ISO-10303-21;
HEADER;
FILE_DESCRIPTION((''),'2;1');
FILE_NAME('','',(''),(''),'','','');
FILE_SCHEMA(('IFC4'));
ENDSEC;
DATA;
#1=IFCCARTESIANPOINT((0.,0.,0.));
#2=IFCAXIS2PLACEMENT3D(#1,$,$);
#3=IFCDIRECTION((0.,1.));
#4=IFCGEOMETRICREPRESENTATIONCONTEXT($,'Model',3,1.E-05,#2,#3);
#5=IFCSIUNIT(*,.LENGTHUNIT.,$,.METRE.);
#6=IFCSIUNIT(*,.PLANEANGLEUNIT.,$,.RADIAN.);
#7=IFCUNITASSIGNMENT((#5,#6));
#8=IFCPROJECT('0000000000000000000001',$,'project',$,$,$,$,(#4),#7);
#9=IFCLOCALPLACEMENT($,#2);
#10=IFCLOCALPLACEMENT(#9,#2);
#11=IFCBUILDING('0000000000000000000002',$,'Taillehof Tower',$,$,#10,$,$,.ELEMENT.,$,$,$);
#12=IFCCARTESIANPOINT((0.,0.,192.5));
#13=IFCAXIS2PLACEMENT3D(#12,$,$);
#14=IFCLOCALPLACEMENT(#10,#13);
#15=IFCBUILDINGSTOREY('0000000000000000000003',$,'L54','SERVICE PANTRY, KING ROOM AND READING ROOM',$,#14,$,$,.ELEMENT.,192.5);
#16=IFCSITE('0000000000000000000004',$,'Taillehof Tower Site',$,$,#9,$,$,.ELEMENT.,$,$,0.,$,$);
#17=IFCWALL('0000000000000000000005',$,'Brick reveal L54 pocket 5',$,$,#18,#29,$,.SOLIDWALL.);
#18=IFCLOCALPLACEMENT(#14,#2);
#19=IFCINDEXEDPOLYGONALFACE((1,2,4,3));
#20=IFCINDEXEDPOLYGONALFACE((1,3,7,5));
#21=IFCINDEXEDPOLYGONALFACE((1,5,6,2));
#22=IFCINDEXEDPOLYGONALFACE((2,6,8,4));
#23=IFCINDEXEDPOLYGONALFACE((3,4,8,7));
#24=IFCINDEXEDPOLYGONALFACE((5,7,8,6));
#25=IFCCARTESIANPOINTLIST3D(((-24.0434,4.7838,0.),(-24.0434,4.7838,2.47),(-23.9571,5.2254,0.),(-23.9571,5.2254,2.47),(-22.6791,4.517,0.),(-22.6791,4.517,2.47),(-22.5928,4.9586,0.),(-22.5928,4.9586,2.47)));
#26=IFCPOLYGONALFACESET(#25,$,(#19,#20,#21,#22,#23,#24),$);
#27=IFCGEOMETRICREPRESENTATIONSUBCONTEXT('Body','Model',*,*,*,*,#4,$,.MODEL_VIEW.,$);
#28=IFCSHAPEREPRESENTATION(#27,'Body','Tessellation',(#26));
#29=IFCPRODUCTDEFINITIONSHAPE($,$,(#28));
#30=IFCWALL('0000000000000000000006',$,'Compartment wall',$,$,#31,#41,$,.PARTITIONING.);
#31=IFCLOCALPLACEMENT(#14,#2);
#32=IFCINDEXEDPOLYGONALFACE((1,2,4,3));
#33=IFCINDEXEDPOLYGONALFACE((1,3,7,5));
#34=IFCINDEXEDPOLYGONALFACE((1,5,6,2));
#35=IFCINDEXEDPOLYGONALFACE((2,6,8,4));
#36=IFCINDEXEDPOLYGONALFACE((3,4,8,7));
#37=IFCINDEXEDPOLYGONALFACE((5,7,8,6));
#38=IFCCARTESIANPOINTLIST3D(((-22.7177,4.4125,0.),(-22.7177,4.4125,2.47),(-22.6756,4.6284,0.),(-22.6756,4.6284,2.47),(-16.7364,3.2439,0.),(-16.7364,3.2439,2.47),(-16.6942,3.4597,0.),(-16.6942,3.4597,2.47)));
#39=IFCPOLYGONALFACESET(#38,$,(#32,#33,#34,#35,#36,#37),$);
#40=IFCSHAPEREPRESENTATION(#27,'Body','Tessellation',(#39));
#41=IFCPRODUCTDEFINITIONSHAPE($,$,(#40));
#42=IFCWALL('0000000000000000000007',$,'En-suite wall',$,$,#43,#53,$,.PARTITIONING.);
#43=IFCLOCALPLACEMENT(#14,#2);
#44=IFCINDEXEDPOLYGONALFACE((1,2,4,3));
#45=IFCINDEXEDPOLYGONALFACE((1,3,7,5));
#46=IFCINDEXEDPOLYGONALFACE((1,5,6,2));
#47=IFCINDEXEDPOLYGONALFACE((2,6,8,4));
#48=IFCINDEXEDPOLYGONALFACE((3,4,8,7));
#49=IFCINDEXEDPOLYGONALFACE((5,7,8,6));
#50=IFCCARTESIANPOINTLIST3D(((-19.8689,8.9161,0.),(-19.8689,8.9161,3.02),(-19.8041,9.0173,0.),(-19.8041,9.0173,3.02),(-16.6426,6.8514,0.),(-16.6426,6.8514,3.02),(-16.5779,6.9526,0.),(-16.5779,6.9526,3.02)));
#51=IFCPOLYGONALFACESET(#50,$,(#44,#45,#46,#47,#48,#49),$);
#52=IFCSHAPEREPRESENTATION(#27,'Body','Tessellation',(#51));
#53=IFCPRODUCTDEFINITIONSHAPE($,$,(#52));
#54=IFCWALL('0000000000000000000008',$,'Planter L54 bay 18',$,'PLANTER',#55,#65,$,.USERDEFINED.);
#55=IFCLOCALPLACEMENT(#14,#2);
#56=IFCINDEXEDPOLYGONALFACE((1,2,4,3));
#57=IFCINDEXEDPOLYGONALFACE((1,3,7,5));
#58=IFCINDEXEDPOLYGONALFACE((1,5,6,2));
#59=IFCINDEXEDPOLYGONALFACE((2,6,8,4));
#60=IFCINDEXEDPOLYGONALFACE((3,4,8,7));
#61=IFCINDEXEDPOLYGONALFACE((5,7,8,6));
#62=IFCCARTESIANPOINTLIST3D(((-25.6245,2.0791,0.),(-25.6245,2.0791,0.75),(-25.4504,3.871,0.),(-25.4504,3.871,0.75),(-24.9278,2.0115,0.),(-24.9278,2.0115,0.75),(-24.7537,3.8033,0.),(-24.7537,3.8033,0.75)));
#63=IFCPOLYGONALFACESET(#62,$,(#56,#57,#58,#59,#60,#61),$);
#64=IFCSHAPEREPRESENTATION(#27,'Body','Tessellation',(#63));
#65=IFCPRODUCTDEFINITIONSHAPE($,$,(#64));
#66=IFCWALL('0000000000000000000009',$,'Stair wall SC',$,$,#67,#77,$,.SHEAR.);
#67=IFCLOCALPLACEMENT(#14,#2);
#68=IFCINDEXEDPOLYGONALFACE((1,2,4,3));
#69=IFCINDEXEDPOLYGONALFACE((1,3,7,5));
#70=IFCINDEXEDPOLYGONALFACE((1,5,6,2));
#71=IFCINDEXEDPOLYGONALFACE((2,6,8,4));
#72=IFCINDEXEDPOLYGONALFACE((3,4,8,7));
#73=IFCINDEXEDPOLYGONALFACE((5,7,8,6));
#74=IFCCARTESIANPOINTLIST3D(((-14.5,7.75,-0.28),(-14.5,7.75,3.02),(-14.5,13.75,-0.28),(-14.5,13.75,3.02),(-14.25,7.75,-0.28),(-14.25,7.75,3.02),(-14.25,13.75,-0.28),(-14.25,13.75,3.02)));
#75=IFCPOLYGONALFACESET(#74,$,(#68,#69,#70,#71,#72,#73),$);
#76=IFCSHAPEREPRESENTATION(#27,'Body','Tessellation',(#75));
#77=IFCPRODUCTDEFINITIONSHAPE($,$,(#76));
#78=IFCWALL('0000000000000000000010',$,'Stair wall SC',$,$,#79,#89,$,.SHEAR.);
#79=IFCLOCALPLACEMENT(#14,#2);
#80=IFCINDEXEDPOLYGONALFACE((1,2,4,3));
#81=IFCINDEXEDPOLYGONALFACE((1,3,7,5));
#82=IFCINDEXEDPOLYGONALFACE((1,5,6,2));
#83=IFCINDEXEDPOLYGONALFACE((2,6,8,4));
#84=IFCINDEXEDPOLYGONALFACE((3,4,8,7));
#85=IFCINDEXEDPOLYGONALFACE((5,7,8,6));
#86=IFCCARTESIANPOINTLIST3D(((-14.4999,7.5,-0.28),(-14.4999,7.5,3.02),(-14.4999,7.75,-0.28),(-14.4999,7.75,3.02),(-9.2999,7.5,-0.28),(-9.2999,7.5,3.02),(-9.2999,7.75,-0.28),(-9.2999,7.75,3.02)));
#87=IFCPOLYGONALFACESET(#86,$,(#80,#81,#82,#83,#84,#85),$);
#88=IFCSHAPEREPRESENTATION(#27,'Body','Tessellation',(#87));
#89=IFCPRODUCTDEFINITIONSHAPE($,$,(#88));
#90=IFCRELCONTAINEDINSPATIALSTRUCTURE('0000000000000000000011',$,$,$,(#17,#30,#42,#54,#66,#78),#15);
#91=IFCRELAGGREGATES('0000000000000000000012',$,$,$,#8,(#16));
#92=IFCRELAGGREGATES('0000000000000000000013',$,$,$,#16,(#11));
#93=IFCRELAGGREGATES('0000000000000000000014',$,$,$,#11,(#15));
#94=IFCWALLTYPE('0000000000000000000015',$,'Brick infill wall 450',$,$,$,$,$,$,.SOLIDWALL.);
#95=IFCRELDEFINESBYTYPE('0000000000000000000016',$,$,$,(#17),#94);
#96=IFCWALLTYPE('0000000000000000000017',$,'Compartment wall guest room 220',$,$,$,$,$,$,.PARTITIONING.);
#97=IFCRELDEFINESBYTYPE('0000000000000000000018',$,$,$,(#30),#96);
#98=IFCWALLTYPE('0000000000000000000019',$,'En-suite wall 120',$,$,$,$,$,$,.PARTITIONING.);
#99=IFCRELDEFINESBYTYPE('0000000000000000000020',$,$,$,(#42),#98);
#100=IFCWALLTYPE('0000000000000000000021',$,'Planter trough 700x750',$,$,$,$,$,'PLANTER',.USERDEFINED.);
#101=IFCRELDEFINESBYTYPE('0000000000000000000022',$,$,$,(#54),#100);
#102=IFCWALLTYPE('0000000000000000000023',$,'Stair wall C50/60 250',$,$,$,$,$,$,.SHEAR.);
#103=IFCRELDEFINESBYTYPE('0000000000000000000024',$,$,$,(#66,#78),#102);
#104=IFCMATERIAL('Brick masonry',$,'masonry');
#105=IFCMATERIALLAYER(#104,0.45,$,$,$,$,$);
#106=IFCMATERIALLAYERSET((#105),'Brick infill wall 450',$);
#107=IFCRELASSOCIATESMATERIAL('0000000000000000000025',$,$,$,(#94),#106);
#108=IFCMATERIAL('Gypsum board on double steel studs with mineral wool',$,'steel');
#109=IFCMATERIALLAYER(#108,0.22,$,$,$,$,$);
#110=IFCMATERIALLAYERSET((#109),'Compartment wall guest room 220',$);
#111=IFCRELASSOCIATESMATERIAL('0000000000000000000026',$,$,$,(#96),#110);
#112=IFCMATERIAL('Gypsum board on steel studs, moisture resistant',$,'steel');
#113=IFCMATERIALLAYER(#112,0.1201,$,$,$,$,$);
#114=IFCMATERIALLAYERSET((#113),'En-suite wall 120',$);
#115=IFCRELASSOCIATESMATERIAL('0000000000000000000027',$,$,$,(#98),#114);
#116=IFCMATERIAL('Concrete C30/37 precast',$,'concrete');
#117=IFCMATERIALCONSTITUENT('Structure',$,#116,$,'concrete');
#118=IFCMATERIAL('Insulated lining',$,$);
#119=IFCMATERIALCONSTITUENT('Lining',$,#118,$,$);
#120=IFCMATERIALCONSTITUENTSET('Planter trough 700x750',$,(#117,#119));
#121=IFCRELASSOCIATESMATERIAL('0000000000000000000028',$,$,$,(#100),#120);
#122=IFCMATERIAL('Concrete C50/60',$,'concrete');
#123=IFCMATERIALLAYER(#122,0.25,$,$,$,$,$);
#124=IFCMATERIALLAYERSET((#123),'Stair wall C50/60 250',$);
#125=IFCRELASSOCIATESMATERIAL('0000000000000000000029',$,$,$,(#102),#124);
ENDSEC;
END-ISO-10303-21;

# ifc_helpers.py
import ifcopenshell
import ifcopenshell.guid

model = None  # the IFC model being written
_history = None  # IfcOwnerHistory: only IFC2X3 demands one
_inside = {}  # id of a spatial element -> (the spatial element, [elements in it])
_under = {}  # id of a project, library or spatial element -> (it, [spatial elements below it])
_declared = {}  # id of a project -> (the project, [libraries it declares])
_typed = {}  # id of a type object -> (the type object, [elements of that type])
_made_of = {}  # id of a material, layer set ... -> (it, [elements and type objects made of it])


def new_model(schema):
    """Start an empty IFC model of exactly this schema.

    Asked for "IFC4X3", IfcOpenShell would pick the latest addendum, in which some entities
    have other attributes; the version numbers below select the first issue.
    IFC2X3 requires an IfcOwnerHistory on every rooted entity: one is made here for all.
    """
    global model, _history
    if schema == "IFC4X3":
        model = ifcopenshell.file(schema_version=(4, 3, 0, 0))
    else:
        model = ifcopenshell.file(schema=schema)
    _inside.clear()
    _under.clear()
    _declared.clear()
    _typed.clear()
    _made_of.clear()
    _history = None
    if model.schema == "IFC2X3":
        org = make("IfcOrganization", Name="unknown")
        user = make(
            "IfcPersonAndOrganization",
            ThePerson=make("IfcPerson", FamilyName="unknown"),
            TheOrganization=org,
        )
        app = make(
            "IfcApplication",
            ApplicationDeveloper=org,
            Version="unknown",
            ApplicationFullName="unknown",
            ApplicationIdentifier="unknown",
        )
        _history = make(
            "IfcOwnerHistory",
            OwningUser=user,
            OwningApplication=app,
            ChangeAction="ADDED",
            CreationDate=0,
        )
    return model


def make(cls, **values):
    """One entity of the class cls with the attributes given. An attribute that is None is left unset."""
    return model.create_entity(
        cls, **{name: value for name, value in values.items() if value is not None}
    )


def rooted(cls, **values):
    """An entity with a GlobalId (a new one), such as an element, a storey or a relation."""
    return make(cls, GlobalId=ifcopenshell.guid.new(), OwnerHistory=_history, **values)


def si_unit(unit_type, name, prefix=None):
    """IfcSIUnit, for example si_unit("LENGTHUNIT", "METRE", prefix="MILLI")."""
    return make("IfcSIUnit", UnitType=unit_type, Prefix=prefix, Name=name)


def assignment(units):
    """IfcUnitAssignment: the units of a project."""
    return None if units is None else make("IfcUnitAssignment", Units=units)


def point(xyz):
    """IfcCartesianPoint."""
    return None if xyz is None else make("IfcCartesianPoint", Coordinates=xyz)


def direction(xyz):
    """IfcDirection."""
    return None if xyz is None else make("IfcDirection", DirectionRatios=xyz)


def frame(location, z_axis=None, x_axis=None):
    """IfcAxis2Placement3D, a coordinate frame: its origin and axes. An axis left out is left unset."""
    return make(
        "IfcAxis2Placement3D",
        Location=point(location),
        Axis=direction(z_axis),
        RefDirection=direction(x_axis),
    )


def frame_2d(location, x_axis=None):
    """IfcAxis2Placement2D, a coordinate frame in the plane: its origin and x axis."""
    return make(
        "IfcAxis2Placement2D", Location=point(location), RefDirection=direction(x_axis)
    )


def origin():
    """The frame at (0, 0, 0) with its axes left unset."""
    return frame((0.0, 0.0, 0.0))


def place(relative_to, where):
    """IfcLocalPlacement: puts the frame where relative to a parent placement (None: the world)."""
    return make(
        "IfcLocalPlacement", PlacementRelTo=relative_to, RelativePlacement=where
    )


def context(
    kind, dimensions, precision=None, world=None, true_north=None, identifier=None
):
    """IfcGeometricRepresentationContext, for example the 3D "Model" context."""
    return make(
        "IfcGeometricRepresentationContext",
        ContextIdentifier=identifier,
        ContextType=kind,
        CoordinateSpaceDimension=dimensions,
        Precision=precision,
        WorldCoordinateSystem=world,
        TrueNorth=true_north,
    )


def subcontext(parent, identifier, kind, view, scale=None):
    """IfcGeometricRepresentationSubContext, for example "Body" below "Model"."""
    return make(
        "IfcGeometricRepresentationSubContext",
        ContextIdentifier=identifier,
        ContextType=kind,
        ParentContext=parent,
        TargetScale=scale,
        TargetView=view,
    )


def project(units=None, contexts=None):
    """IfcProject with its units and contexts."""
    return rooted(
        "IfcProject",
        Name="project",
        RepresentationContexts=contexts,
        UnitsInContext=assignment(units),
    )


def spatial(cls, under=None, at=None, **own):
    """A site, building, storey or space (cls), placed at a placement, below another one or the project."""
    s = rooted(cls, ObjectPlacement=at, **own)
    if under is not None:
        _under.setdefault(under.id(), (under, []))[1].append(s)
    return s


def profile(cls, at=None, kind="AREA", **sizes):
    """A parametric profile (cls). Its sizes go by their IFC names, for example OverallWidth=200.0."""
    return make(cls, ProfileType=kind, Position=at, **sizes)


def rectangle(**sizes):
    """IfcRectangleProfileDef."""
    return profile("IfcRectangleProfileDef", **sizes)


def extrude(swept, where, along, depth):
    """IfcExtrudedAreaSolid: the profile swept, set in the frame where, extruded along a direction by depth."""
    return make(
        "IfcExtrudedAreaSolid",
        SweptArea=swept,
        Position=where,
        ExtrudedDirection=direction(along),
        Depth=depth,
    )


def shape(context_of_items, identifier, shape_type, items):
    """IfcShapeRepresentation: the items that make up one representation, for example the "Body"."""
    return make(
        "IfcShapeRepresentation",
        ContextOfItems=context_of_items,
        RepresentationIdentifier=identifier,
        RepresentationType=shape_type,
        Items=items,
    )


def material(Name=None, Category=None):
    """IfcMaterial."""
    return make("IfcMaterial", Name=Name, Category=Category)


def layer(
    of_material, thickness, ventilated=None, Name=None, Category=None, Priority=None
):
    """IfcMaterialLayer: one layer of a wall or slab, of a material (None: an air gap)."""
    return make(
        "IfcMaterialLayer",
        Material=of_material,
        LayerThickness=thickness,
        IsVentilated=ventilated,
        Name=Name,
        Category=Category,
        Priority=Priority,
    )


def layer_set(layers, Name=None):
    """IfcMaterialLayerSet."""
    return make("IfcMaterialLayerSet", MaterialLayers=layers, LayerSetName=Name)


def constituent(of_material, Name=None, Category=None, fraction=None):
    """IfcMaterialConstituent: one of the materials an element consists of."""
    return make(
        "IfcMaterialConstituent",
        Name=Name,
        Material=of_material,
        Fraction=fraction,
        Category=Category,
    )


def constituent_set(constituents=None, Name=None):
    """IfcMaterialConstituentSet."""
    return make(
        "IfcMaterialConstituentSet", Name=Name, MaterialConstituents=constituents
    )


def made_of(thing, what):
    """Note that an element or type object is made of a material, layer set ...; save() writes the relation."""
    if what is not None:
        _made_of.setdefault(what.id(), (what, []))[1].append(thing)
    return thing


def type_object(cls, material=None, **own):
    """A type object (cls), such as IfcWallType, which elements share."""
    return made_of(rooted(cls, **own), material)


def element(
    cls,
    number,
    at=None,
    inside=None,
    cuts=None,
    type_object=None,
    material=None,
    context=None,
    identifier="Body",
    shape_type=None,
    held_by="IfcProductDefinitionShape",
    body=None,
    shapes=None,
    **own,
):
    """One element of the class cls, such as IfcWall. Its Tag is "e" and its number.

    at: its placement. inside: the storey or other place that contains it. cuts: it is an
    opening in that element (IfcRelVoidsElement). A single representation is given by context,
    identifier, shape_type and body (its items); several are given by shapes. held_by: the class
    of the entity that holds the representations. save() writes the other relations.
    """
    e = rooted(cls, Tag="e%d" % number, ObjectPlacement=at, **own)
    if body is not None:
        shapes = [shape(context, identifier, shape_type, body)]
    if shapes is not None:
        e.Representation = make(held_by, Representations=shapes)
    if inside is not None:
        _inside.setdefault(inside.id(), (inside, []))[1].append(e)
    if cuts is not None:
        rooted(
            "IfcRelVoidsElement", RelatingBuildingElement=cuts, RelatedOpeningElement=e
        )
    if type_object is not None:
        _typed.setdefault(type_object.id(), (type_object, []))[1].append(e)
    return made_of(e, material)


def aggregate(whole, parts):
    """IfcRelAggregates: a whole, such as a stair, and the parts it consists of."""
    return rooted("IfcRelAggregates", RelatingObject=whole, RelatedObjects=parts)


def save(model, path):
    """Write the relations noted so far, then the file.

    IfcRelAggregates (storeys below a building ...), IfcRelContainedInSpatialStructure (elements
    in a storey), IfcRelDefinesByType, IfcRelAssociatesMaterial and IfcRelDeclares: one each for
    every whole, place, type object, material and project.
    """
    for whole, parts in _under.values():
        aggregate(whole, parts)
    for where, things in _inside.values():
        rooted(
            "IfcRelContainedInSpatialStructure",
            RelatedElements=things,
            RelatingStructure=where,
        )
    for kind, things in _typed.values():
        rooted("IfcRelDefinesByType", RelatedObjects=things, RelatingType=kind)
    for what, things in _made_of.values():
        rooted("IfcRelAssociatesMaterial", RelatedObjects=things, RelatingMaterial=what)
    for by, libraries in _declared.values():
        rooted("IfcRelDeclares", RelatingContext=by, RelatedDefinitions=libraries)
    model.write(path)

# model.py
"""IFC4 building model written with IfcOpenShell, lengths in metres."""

from ifc_helpers import new_model, si_unit, direction, frame, frame_2d, origin, place, context, subcontext, project, spatial, rectangle, extrude, material, layer, layer_set, constituent, constituent_set, type_object, element, save


model = new_model("IFC4")

# Units and contexts
model_context = context("Model", 3, precision=1e-05, world=origin(), true_north=direction((0.0, 1.0)))
body_context = subcontext(model_context, "Body", "Model", "MODEL_VIEW")
ifc_project = project(units=[si_unit("LENGTHUNIT", "METRE"), si_unit("PLANEANGLEUNIT", "RADIAN")], contexts=[model_context])

# Site, building, storey
site_placement = place(None, origin())
site = spatial("IfcSite", under=ifc_project, at=site_placement, Name="Taillehof Tower Site", CompositionType="ELEMENT", RefElevation=0.0)
building_placement = place(site_placement, origin())
building = spatial("IfcBuilding", under=site, at=building_placement, Name="Taillehof Tower", CompositionType="ELEMENT")
storey_placement = place(building_placement, frame((0.0, 0.0, 192.5)))
storey = spatial("IfcBuildingStorey", under=building, at=storey_placement, Name="L54", Description="SERVICE PANTRY, KING ROOM AND READING ROOM", CompositionType="ELEMENT", Elevation=192.5)

# Shared definitions
ifc_material_1 = material(Name="Brick masonry", Category="masonry")
ifc_layer_1 = layer(ifc_material_1, 0.45)
ifc_layer_set_1 = layer_set([ifc_layer_1], Name="Brick infill wall 450")
wall_type_1 = type_object("IfcWallType", Name="Brick infill wall 450", PredefinedType="SOLIDWALL", material=ifc_layer_set_1)

# Wall
wall_1_placement = place(storey_placement, frame((-24.0002, 5.0046, 0.0), z_axis=(0.0, 0.0, 1.0), x_axis=(0.981403, -0.19196, 0.0)))
element("IfcWall", 1, at=wall_1_placement, inside=storey, type_object=wall_type_1, Name="Brick reveal L54 pocket 5", PredefinedType="SOLIDWALL", context=body_context, shape_type="SweptSolid", body=[
    extrude(rectangle(XDim=1.3901, YDim=0.45, at=frame_2d((0.6951, 0.0))), origin(), (0.0, 0.0, 1.0), 2.47),
])

# Walls
ifc_material_2 = material(Name="Gypsum board on double steel studs with mineral wool", Category="steel")
ifc_layer_2 = layer(ifc_material_2, 0.22)
ifc_layer_set_2 = layer_set([ifc_layer_2], Name="Compartment wall guest room 220")
wall_type_2 = type_object("IfcWallType", Name="Compartment wall guest room 220", PredefinedType="PARTITIONING", material=ifc_layer_set_2)
wall_2_placement = place(storey_placement, frame((-22.6968, 4.5205, 0.0), z_axis=(0.0, 0.0, 1.0), x_axis=(0.981442, -0.191762, 0.0)))
element("IfcWall", 2, at=wall_2_placement, inside=storey, type_object=wall_type_2, Name="Compartment wall", PredefinedType="PARTITIONING", context=body_context, shape_type="SweptSolid", body=[
    extrude(rectangle(XDim=6.0945, YDim=0.22, at=frame_2d((3.0474, 0.0))), origin(), (0.0, 0.0, 1.0), 2.47),
])
ifc_material_3 = material(Name="Gypsum board on steel studs, moisture resistant", Category="steel")
ifc_layer_3 = layer(ifc_material_3, 0.1201)
ifc_layer_set_3 = layer_set([ifc_layer_3], Name="En-suite wall 120")
wall_type_3 = type_object("IfcWallType", Name="En-suite wall 120", PredefinedType="PARTITIONING", material=ifc_layer_set_3)
wall_3_placement = place(storey_placement, frame((-16.6104, 6.9021, 0.0), z_axis=(0.0, 0.0, 1.0), x_axis=(-0.842289, 0.539027, 0.0)))
element("IfcWall", 3, at=wall_3_placement, inside=storey, type_object=wall_type_3, Name="En-suite wall", PredefinedType="PARTITIONING", context=body_context, shape_type="SweptSolid", body=[
    extrude(rectangle(XDim=3.8303, YDim=0.1201, at=frame_2d((1.915, 0.0))), origin(), (0.0, 0.0, 1.0), 3.02),
])
ifc_material_4 = material(Name="Concrete C30/37 precast", Category="concrete")
ifc_constituent_1 = constituent(ifc_material_4, Name="Structure", Category="concrete")
ifc_material_5 = material(Name="Insulated lining")
ifc_constituent_2 = constituent(ifc_material_5, Name="Lining")
ifc_constituent_set = constituent_set(constituents=[ifc_constituent_1, ifc_constituent_2], Name="Planter trough 700x750")
wall_type_4 = type_object("IfcWallType", Name="Planter trough 700x750", ElementType="PLANTER", PredefinedType="USERDEFINED", material=ifc_constituent_set)
wall_4_placement = place(storey_placement, frame((-25.1021, 3.8372, 0.0), z_axis=(0.0, 0.0, 1.0), x_axis=(-0.096697, -0.995314, 0.0)))
element("IfcWall", 4, at=wall_4_placement, inside=storey, type_object=wall_type_4, Name="Planter L54 bay 18", ObjectType="PLANTER", PredefinedType="USERDEFINED", context=body_context, shape_type="SweptSolid", body=[
    extrude(rectangle(XDim=1.8003, YDim=0.7, at=frame_2d((0.9001, 0.0))), origin(), (0.0, 0.0, 1.0), 0.75),
])
ifc_material_6 = material(Name="Concrete C50/60", Category="concrete")
ifc_layer_4 = layer(ifc_material_6, 0.25)
ifc_layer_set_4 = layer_set([ifc_layer_4], Name="Stair wall C50/60 250")
wall_type_5 = type_object("IfcWallType", Name="Stair wall C50/60 250", PredefinedType="SHEAR", material=ifc_layer_set_4)
wall_5_placement = place(storey_placement, frame((-14.375, 7.75, -0.28), z_axis=(0.0, 0.0, 1.0), x_axis=(0.0, 1.0, 0.0)))
element("IfcWall", 5, at=wall_5_placement, inside=storey, type_object=wall_type_5, Name="Stair wall SC", PredefinedType="SHEAR", context=body_context, shape_type="SweptSolid", body=[
    extrude(rectangle(XDim=6.0, YDim=0.25, at=frame_2d((3.0, 0.0))), origin(), (0.0, 0.0, 1.0), 3.3),
])
wall_6_placement = place(storey_placement, frame((-14.5, 7.625, -0.28), z_axis=(0.0, 0.0, 1.0), x_axis=(1.0, 0.0, 0.0)))
element("IfcWall", 6, at=wall_6_placement, inside=storey, type_object=wall_type_5, Name="Stair wall SC", PredefinedType="SHEAR", context=body_context, shape_type="SweptSolid", body=[
    extrude(rectangle(XDim=5.2, YDim=0.25, at=frame_2d((2.6001, 0.0))), origin(), (0.0, 0.0, 1.0), 3.3),
])

save(model, "model.ifc")
